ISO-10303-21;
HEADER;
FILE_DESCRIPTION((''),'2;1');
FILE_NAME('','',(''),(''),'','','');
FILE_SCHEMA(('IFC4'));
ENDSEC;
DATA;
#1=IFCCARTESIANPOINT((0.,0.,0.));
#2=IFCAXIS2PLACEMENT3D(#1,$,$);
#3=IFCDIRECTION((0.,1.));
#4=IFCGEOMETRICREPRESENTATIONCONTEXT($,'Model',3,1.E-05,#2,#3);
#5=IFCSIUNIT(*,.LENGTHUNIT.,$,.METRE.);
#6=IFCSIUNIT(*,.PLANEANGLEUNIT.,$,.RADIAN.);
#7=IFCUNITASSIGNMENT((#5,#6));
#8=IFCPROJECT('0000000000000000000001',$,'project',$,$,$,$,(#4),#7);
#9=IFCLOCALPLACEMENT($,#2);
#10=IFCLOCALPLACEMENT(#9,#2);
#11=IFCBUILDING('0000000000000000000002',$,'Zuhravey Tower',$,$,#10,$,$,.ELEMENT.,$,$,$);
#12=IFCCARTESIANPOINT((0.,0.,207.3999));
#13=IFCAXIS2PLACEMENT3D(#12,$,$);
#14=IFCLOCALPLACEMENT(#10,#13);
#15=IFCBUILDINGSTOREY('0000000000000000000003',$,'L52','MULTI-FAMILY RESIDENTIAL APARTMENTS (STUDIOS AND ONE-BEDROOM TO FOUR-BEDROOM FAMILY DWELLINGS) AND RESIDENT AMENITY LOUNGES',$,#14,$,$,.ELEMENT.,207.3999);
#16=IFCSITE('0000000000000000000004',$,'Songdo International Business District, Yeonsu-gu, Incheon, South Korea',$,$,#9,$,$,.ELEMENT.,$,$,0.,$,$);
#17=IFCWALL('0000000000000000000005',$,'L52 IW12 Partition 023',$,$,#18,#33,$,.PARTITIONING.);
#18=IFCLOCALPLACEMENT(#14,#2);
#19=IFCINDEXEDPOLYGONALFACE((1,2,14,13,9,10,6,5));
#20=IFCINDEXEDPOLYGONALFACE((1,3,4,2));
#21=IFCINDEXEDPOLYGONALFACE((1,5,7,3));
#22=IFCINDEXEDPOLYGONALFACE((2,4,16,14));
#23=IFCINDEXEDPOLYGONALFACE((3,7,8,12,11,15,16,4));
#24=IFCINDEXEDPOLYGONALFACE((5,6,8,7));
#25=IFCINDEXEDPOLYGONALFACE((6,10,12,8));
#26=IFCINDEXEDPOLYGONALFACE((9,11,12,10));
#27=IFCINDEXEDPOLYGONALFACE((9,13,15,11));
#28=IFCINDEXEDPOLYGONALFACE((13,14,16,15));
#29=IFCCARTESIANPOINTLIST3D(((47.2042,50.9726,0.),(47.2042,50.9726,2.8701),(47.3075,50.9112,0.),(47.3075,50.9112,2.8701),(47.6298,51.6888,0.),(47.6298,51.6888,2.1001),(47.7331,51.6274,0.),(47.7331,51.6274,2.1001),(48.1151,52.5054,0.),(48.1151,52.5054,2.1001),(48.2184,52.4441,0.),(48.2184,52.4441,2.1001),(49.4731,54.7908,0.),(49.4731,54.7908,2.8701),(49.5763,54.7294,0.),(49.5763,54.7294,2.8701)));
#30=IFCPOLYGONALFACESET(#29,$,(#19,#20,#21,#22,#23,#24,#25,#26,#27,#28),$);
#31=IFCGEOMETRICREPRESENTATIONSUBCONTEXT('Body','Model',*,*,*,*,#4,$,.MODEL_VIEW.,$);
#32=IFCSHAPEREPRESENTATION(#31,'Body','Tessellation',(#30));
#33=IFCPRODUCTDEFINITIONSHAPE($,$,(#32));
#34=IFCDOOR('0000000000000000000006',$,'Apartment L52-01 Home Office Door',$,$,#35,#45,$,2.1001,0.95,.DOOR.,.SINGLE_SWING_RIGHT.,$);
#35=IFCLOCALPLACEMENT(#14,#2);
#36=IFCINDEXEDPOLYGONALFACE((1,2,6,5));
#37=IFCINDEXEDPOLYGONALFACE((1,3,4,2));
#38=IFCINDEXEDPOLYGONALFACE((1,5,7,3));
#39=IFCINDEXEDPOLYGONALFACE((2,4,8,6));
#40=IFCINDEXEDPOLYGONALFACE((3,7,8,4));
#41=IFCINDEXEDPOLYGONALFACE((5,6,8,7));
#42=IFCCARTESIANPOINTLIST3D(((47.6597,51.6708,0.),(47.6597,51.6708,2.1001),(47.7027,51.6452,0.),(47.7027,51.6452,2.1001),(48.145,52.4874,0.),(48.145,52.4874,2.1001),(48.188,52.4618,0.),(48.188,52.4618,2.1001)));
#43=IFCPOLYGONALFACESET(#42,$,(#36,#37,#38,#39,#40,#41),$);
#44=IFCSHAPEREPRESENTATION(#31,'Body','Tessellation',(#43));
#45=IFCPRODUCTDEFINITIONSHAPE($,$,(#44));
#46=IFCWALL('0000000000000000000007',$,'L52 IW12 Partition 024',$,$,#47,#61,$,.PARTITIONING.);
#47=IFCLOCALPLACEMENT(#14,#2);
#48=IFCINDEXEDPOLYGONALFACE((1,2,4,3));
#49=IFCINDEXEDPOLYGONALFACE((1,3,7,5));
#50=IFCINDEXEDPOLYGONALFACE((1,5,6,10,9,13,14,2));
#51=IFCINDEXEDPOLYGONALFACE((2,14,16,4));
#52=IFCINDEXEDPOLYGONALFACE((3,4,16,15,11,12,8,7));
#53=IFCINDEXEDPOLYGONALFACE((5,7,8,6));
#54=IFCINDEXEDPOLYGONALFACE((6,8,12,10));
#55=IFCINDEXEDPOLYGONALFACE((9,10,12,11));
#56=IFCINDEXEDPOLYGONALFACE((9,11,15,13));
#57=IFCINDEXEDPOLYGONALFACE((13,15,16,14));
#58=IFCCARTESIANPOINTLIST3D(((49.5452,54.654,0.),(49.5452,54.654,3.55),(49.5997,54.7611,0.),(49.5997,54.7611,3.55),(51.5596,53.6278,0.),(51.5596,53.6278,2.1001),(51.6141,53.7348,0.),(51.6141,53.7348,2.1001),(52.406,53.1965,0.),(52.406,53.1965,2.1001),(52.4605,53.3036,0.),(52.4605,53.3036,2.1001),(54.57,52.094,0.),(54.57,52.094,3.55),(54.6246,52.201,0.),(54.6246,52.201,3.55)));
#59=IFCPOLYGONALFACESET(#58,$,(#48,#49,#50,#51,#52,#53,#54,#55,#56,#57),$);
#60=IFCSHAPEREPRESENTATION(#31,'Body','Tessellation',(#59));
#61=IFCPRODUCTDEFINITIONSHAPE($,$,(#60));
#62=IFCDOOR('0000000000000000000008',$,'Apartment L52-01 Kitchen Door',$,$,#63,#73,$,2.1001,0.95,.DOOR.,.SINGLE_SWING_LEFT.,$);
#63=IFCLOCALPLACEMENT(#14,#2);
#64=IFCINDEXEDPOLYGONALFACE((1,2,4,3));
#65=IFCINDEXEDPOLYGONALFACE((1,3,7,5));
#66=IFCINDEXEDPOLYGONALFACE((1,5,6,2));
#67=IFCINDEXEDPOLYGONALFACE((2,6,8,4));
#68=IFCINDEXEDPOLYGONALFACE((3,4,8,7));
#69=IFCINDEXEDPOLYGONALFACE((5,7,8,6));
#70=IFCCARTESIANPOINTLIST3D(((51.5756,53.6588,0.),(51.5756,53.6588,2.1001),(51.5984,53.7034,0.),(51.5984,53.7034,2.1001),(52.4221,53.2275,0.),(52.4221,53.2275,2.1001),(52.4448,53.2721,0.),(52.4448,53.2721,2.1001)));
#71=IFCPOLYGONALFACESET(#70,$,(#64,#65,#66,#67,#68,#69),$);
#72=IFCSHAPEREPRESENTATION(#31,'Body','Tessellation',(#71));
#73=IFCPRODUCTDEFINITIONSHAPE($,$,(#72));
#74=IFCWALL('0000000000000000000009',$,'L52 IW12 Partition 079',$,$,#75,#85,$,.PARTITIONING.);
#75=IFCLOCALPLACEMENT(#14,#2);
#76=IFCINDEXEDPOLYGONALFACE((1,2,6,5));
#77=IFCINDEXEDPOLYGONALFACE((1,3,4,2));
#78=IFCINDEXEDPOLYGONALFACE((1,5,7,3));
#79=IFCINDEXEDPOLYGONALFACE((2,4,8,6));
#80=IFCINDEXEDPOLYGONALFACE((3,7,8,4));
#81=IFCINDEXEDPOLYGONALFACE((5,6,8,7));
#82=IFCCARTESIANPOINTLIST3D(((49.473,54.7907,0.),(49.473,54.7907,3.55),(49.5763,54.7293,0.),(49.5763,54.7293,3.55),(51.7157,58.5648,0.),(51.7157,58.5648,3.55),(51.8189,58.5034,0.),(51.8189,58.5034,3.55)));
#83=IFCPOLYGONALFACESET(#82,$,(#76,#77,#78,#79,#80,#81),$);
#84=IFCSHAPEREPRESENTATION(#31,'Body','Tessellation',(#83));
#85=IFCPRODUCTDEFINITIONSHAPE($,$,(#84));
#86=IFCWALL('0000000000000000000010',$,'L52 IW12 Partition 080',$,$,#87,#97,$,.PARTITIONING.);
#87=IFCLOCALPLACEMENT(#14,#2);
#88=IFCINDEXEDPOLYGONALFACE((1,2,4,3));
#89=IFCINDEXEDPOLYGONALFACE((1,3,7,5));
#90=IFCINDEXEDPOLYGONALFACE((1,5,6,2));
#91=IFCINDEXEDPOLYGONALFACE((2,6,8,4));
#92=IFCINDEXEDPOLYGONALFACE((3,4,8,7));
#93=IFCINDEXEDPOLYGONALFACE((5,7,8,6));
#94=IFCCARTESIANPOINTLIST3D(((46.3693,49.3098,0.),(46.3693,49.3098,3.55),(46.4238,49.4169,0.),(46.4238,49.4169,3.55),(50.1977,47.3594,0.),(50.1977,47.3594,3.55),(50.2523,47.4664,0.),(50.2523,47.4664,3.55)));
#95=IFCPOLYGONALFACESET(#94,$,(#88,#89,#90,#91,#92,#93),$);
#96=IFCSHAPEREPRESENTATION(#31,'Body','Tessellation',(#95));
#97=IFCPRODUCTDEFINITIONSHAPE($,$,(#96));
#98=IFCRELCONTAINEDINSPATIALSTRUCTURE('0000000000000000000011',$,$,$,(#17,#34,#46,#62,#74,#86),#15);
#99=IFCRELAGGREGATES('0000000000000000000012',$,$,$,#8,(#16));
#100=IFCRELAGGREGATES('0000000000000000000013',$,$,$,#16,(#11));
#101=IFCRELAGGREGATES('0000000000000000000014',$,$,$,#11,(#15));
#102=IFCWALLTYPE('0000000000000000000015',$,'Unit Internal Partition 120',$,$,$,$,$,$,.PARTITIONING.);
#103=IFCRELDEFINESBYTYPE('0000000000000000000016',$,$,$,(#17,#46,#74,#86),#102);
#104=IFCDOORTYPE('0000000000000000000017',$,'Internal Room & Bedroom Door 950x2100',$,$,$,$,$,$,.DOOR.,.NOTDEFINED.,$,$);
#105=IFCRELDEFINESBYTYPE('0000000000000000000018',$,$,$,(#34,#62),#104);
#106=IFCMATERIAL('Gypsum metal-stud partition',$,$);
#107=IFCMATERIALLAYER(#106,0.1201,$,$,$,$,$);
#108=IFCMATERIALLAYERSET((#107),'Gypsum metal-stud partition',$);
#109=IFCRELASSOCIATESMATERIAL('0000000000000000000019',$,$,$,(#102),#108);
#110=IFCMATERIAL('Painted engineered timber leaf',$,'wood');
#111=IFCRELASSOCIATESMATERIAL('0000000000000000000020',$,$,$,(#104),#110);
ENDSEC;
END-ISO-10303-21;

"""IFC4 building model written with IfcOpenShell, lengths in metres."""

from ifc_helpers import new_model, si_unit, direction, frame, frame_2d, origin, place, context, subcontext, project, spatial, rectangle, extrude, material, layer, layer_set, type_object, element, fill, save


model = new_model("IFC4")

# Units and contexts
model_context = context("Model", 3, precision=1e-05, world=origin(), true_north=direction((0.0, 1.0)))
body_context = subcontext(model_context, "Body", "Model", "MODEL_VIEW")
ifc_project = project(units=[si_unit("LENGTHUNIT", "METRE"), si_unit("PLANEANGLEUNIT", "RADIAN")], contexts=[model_context])

# Site, building, storey
site_placement = place(None, origin())
site = spatial("IfcSite", under=ifc_project, at=site_placement, Name="Songdo International Business District, Yeonsu-gu, Incheon, South Korea", CompositionType="ELEMENT", RefElevation=0.0)
building_placement = place(site_placement, origin())
building = spatial("IfcBuilding", under=site, at=building_placement, Name="Zuhravey Tower", CompositionType="ELEMENT")
storey_placement = place(building_placement, frame((0.0, 0.0, 207.3999)))
storey = spatial("IfcBuildingStorey", under=building, at=storey_placement, Name="L52", Description="MULTI-FAMILY RESIDENTIAL APARTMENTS (STUDIOS AND ONE-BEDROOM TO FOUR-BEDROOM FAMILY DWELLINGS) AND RESIDENT AMENITY LOUNGES", CompositionType="ELEMENT", Elevation=207.3999)

# Shared definitions
ifc_material_1 = material(Name="Gypsum metal-stud partition")
ifc_layer_1 = layer(ifc_material_1, 0.1201)
ifc_layer_set_1 = layer_set([ifc_layer_1], Name="Gypsum metal-stud partition")
wall_type_1 = type_object("IfcWallType", Name="Unit Internal Partition 120", PredefinedType="PARTITIONING", material=ifc_layer_set_1)
ifc_material_2 = material(Name="Painted engineered timber leaf", Category="wood")
door_type_1 = type_object("IfcDoorType", Name="Internal Room & Bedroom Door 950x2100", OperationType="NOTDEFINED", PredefinedType="DOOR", material=ifc_material_2)

# Walls, openings, doors
wall_1_placement = place(storey_placement, frame((47.2559, 50.9419, 0.0), z_axis=(0.0, 0.0, 1.0), x_axis=(0.510837, 0.859677, 0.0)))
wall_1 = element("IfcWall", 1, at=wall_1_placement, inside=storey, type_object=wall_type_1, Name="L52 IW12 Partition 023", PredefinedType="PARTITIONING", context=body_context, shape_type="SweptSolid", body=[
    extrude(rectangle(XDim=4.4414, YDim=0.1201, at=frame_2d((2.2207, 0.0))), origin(), (0.0, 0.0, 1.0), 2.8701),
])
opening_1_placement = place(wall_1_placement, frame((0.833, 0.0, 0.0)))
opening_1 = element("IfcOpeningElement", 2, at=opening_1_placement, cuts=wall_1, PredefinedType="OPENING", context=body_context, shape_type="SweptSolid", body=[
    extrude(rectangle(XDim=0.95, YDim=2.1001, at=frame_2d((0.4751, 1.05))), frame((0.0, 0.072, 0.0), z_axis=(0.0, -1.0, 0.0), x_axis=(1.0, 0.0, 0.0)), (0.0, 0.0, 1.0), 0.144),
])
door_1_placement = place(opening_1_placement, frame((0.95, 0.0, 0.0), z_axis=(0.0, 0.0, 1.0), x_axis=(-1.0, 0.0, 0.0)))
door_1 = element("IfcDoor", 3, at=door_1_placement, inside=storey, type_object=door_type_1, Name="Apartment L52-01 Home Office Door", OperationType="SINGLE_SWING_RIGHT", OverallHeight=2.1001, OverallWidth=0.95, PredefinedType="DOOR", context=body_context, shape_type="SweptSolid", body=[
    extrude(rectangle(XDim=0.95, YDim=2.1001, at=frame_2d((0.4751, 1.05))), frame((0.0, 0.0249, 0.0), z_axis=(0.0, -1.0, 0.0), x_axis=(1.0, 0.0, 0.0)), (0.0, 0.0, 1.0), 0.05),
])
fill(opening_1, door_1)
wall_2_placement = place(storey_placement, frame((54.5974, 52.1475, 0.0), z_axis=(0.0, 0.0, 1.0), x_axis=(-0.891025, 0.453954, 0.0)))
wall_2 = element("IfcWall", 4, at=wall_2_placement, inside=storey, type_object=wall_type_1, Name="L52 IW12 Partition 024", PredefinedType="PARTITIONING", context=body_context, shape_type="SweptSolid", body=[
    extrude(rectangle(XDim=5.6394, YDim=0.1201, at=frame_2d((2.8198, 0.0))), origin(), (0.0, 0.0, 1.0), 3.55),
])
opening_2_placement = place(wall_2_placement, frame((2.4287, 0.0, 0.0)))
opening_2 = element("IfcOpeningElement", 5, at=opening_2_placement, cuts=wall_2, PredefinedType="OPENING", context=body_context, shape_type="SweptSolid", body=[
    extrude(rectangle(XDim=0.95, YDim=2.1001, at=frame_2d((0.4751, 1.05))), frame((0.0, 0.072, 0.0), z_axis=(0.0, -1.0, 0.0), x_axis=(1.0, 0.0, 0.0)), (0.0, 0.0, 1.0), 0.144),
])
door_2_placement = place(opening_2_placement, frame((0.95, 0.0, 0.0), z_axis=(0.0, 0.0, 1.0), x_axis=(-1.0, 0.0, 0.0)))
door_2 = element("IfcDoor", 6, at=door_2_placement, inside=storey, type_object=door_type_1, Name="Apartment L52-01 Kitchen Door", OperationType="SINGLE_SWING_LEFT", OverallHeight=2.1001, OverallWidth=0.95, PredefinedType="DOOR", context=body_context, shape_type="SweptSolid", body=[
    extrude(rectangle(XDim=0.95, YDim=2.1001, at=frame_2d((0.4751, 1.05))), frame((0.0, 0.0249, 0.0), z_axis=(0.0, -1.0, 0.0), x_axis=(1.0, 0.0, 0.0)), (0.0, 0.0, 1.0), 0.05),
])
fill(opening_2, door_2)

# Walls
wall_3_placement = place(storey_placement, frame((49.5247, 54.76, 0.0), z_axis=(0.0, 0.0, 1.0), x_axis=(0.510836, 0.859678, 0.0)))
element("IfcWall", 7, at=wall_3_placement, inside=storey, type_object=wall_type_1, Name="L52 IW12 Partition 079", PredefinedType="PARTITIONING", context=body_context, shape_type="SweptSolid", body=[
    extrude(rectangle(XDim=4.3901, YDim=0.1201, at=frame_2d((2.1951, 0.0))), origin(), (0.0, 0.0, 1.0), 3.55),
])
wall_4_placement = place(storey_placement, frame((50.2251, 47.4128, 0.0), z_axis=(0.0, 0.0, 1.0), x_axis=(-0.891026, 0.453951, 0.0)))
element("IfcWall", 8, at=wall_4_placement, inside=storey, type_object=wall_type_1, Name="L52 IW12 Partition 080", PredefinedType="PARTITIONING", context=body_context, shape_type="SweptSolid", body=[
    extrude(rectangle(XDim=4.2966, YDim=0.1201, at=frame_2d((2.1484, 0.0))), origin(), (0.0, 0.0, 1.0), 3.55),
])

save(model, "model.ifc")
